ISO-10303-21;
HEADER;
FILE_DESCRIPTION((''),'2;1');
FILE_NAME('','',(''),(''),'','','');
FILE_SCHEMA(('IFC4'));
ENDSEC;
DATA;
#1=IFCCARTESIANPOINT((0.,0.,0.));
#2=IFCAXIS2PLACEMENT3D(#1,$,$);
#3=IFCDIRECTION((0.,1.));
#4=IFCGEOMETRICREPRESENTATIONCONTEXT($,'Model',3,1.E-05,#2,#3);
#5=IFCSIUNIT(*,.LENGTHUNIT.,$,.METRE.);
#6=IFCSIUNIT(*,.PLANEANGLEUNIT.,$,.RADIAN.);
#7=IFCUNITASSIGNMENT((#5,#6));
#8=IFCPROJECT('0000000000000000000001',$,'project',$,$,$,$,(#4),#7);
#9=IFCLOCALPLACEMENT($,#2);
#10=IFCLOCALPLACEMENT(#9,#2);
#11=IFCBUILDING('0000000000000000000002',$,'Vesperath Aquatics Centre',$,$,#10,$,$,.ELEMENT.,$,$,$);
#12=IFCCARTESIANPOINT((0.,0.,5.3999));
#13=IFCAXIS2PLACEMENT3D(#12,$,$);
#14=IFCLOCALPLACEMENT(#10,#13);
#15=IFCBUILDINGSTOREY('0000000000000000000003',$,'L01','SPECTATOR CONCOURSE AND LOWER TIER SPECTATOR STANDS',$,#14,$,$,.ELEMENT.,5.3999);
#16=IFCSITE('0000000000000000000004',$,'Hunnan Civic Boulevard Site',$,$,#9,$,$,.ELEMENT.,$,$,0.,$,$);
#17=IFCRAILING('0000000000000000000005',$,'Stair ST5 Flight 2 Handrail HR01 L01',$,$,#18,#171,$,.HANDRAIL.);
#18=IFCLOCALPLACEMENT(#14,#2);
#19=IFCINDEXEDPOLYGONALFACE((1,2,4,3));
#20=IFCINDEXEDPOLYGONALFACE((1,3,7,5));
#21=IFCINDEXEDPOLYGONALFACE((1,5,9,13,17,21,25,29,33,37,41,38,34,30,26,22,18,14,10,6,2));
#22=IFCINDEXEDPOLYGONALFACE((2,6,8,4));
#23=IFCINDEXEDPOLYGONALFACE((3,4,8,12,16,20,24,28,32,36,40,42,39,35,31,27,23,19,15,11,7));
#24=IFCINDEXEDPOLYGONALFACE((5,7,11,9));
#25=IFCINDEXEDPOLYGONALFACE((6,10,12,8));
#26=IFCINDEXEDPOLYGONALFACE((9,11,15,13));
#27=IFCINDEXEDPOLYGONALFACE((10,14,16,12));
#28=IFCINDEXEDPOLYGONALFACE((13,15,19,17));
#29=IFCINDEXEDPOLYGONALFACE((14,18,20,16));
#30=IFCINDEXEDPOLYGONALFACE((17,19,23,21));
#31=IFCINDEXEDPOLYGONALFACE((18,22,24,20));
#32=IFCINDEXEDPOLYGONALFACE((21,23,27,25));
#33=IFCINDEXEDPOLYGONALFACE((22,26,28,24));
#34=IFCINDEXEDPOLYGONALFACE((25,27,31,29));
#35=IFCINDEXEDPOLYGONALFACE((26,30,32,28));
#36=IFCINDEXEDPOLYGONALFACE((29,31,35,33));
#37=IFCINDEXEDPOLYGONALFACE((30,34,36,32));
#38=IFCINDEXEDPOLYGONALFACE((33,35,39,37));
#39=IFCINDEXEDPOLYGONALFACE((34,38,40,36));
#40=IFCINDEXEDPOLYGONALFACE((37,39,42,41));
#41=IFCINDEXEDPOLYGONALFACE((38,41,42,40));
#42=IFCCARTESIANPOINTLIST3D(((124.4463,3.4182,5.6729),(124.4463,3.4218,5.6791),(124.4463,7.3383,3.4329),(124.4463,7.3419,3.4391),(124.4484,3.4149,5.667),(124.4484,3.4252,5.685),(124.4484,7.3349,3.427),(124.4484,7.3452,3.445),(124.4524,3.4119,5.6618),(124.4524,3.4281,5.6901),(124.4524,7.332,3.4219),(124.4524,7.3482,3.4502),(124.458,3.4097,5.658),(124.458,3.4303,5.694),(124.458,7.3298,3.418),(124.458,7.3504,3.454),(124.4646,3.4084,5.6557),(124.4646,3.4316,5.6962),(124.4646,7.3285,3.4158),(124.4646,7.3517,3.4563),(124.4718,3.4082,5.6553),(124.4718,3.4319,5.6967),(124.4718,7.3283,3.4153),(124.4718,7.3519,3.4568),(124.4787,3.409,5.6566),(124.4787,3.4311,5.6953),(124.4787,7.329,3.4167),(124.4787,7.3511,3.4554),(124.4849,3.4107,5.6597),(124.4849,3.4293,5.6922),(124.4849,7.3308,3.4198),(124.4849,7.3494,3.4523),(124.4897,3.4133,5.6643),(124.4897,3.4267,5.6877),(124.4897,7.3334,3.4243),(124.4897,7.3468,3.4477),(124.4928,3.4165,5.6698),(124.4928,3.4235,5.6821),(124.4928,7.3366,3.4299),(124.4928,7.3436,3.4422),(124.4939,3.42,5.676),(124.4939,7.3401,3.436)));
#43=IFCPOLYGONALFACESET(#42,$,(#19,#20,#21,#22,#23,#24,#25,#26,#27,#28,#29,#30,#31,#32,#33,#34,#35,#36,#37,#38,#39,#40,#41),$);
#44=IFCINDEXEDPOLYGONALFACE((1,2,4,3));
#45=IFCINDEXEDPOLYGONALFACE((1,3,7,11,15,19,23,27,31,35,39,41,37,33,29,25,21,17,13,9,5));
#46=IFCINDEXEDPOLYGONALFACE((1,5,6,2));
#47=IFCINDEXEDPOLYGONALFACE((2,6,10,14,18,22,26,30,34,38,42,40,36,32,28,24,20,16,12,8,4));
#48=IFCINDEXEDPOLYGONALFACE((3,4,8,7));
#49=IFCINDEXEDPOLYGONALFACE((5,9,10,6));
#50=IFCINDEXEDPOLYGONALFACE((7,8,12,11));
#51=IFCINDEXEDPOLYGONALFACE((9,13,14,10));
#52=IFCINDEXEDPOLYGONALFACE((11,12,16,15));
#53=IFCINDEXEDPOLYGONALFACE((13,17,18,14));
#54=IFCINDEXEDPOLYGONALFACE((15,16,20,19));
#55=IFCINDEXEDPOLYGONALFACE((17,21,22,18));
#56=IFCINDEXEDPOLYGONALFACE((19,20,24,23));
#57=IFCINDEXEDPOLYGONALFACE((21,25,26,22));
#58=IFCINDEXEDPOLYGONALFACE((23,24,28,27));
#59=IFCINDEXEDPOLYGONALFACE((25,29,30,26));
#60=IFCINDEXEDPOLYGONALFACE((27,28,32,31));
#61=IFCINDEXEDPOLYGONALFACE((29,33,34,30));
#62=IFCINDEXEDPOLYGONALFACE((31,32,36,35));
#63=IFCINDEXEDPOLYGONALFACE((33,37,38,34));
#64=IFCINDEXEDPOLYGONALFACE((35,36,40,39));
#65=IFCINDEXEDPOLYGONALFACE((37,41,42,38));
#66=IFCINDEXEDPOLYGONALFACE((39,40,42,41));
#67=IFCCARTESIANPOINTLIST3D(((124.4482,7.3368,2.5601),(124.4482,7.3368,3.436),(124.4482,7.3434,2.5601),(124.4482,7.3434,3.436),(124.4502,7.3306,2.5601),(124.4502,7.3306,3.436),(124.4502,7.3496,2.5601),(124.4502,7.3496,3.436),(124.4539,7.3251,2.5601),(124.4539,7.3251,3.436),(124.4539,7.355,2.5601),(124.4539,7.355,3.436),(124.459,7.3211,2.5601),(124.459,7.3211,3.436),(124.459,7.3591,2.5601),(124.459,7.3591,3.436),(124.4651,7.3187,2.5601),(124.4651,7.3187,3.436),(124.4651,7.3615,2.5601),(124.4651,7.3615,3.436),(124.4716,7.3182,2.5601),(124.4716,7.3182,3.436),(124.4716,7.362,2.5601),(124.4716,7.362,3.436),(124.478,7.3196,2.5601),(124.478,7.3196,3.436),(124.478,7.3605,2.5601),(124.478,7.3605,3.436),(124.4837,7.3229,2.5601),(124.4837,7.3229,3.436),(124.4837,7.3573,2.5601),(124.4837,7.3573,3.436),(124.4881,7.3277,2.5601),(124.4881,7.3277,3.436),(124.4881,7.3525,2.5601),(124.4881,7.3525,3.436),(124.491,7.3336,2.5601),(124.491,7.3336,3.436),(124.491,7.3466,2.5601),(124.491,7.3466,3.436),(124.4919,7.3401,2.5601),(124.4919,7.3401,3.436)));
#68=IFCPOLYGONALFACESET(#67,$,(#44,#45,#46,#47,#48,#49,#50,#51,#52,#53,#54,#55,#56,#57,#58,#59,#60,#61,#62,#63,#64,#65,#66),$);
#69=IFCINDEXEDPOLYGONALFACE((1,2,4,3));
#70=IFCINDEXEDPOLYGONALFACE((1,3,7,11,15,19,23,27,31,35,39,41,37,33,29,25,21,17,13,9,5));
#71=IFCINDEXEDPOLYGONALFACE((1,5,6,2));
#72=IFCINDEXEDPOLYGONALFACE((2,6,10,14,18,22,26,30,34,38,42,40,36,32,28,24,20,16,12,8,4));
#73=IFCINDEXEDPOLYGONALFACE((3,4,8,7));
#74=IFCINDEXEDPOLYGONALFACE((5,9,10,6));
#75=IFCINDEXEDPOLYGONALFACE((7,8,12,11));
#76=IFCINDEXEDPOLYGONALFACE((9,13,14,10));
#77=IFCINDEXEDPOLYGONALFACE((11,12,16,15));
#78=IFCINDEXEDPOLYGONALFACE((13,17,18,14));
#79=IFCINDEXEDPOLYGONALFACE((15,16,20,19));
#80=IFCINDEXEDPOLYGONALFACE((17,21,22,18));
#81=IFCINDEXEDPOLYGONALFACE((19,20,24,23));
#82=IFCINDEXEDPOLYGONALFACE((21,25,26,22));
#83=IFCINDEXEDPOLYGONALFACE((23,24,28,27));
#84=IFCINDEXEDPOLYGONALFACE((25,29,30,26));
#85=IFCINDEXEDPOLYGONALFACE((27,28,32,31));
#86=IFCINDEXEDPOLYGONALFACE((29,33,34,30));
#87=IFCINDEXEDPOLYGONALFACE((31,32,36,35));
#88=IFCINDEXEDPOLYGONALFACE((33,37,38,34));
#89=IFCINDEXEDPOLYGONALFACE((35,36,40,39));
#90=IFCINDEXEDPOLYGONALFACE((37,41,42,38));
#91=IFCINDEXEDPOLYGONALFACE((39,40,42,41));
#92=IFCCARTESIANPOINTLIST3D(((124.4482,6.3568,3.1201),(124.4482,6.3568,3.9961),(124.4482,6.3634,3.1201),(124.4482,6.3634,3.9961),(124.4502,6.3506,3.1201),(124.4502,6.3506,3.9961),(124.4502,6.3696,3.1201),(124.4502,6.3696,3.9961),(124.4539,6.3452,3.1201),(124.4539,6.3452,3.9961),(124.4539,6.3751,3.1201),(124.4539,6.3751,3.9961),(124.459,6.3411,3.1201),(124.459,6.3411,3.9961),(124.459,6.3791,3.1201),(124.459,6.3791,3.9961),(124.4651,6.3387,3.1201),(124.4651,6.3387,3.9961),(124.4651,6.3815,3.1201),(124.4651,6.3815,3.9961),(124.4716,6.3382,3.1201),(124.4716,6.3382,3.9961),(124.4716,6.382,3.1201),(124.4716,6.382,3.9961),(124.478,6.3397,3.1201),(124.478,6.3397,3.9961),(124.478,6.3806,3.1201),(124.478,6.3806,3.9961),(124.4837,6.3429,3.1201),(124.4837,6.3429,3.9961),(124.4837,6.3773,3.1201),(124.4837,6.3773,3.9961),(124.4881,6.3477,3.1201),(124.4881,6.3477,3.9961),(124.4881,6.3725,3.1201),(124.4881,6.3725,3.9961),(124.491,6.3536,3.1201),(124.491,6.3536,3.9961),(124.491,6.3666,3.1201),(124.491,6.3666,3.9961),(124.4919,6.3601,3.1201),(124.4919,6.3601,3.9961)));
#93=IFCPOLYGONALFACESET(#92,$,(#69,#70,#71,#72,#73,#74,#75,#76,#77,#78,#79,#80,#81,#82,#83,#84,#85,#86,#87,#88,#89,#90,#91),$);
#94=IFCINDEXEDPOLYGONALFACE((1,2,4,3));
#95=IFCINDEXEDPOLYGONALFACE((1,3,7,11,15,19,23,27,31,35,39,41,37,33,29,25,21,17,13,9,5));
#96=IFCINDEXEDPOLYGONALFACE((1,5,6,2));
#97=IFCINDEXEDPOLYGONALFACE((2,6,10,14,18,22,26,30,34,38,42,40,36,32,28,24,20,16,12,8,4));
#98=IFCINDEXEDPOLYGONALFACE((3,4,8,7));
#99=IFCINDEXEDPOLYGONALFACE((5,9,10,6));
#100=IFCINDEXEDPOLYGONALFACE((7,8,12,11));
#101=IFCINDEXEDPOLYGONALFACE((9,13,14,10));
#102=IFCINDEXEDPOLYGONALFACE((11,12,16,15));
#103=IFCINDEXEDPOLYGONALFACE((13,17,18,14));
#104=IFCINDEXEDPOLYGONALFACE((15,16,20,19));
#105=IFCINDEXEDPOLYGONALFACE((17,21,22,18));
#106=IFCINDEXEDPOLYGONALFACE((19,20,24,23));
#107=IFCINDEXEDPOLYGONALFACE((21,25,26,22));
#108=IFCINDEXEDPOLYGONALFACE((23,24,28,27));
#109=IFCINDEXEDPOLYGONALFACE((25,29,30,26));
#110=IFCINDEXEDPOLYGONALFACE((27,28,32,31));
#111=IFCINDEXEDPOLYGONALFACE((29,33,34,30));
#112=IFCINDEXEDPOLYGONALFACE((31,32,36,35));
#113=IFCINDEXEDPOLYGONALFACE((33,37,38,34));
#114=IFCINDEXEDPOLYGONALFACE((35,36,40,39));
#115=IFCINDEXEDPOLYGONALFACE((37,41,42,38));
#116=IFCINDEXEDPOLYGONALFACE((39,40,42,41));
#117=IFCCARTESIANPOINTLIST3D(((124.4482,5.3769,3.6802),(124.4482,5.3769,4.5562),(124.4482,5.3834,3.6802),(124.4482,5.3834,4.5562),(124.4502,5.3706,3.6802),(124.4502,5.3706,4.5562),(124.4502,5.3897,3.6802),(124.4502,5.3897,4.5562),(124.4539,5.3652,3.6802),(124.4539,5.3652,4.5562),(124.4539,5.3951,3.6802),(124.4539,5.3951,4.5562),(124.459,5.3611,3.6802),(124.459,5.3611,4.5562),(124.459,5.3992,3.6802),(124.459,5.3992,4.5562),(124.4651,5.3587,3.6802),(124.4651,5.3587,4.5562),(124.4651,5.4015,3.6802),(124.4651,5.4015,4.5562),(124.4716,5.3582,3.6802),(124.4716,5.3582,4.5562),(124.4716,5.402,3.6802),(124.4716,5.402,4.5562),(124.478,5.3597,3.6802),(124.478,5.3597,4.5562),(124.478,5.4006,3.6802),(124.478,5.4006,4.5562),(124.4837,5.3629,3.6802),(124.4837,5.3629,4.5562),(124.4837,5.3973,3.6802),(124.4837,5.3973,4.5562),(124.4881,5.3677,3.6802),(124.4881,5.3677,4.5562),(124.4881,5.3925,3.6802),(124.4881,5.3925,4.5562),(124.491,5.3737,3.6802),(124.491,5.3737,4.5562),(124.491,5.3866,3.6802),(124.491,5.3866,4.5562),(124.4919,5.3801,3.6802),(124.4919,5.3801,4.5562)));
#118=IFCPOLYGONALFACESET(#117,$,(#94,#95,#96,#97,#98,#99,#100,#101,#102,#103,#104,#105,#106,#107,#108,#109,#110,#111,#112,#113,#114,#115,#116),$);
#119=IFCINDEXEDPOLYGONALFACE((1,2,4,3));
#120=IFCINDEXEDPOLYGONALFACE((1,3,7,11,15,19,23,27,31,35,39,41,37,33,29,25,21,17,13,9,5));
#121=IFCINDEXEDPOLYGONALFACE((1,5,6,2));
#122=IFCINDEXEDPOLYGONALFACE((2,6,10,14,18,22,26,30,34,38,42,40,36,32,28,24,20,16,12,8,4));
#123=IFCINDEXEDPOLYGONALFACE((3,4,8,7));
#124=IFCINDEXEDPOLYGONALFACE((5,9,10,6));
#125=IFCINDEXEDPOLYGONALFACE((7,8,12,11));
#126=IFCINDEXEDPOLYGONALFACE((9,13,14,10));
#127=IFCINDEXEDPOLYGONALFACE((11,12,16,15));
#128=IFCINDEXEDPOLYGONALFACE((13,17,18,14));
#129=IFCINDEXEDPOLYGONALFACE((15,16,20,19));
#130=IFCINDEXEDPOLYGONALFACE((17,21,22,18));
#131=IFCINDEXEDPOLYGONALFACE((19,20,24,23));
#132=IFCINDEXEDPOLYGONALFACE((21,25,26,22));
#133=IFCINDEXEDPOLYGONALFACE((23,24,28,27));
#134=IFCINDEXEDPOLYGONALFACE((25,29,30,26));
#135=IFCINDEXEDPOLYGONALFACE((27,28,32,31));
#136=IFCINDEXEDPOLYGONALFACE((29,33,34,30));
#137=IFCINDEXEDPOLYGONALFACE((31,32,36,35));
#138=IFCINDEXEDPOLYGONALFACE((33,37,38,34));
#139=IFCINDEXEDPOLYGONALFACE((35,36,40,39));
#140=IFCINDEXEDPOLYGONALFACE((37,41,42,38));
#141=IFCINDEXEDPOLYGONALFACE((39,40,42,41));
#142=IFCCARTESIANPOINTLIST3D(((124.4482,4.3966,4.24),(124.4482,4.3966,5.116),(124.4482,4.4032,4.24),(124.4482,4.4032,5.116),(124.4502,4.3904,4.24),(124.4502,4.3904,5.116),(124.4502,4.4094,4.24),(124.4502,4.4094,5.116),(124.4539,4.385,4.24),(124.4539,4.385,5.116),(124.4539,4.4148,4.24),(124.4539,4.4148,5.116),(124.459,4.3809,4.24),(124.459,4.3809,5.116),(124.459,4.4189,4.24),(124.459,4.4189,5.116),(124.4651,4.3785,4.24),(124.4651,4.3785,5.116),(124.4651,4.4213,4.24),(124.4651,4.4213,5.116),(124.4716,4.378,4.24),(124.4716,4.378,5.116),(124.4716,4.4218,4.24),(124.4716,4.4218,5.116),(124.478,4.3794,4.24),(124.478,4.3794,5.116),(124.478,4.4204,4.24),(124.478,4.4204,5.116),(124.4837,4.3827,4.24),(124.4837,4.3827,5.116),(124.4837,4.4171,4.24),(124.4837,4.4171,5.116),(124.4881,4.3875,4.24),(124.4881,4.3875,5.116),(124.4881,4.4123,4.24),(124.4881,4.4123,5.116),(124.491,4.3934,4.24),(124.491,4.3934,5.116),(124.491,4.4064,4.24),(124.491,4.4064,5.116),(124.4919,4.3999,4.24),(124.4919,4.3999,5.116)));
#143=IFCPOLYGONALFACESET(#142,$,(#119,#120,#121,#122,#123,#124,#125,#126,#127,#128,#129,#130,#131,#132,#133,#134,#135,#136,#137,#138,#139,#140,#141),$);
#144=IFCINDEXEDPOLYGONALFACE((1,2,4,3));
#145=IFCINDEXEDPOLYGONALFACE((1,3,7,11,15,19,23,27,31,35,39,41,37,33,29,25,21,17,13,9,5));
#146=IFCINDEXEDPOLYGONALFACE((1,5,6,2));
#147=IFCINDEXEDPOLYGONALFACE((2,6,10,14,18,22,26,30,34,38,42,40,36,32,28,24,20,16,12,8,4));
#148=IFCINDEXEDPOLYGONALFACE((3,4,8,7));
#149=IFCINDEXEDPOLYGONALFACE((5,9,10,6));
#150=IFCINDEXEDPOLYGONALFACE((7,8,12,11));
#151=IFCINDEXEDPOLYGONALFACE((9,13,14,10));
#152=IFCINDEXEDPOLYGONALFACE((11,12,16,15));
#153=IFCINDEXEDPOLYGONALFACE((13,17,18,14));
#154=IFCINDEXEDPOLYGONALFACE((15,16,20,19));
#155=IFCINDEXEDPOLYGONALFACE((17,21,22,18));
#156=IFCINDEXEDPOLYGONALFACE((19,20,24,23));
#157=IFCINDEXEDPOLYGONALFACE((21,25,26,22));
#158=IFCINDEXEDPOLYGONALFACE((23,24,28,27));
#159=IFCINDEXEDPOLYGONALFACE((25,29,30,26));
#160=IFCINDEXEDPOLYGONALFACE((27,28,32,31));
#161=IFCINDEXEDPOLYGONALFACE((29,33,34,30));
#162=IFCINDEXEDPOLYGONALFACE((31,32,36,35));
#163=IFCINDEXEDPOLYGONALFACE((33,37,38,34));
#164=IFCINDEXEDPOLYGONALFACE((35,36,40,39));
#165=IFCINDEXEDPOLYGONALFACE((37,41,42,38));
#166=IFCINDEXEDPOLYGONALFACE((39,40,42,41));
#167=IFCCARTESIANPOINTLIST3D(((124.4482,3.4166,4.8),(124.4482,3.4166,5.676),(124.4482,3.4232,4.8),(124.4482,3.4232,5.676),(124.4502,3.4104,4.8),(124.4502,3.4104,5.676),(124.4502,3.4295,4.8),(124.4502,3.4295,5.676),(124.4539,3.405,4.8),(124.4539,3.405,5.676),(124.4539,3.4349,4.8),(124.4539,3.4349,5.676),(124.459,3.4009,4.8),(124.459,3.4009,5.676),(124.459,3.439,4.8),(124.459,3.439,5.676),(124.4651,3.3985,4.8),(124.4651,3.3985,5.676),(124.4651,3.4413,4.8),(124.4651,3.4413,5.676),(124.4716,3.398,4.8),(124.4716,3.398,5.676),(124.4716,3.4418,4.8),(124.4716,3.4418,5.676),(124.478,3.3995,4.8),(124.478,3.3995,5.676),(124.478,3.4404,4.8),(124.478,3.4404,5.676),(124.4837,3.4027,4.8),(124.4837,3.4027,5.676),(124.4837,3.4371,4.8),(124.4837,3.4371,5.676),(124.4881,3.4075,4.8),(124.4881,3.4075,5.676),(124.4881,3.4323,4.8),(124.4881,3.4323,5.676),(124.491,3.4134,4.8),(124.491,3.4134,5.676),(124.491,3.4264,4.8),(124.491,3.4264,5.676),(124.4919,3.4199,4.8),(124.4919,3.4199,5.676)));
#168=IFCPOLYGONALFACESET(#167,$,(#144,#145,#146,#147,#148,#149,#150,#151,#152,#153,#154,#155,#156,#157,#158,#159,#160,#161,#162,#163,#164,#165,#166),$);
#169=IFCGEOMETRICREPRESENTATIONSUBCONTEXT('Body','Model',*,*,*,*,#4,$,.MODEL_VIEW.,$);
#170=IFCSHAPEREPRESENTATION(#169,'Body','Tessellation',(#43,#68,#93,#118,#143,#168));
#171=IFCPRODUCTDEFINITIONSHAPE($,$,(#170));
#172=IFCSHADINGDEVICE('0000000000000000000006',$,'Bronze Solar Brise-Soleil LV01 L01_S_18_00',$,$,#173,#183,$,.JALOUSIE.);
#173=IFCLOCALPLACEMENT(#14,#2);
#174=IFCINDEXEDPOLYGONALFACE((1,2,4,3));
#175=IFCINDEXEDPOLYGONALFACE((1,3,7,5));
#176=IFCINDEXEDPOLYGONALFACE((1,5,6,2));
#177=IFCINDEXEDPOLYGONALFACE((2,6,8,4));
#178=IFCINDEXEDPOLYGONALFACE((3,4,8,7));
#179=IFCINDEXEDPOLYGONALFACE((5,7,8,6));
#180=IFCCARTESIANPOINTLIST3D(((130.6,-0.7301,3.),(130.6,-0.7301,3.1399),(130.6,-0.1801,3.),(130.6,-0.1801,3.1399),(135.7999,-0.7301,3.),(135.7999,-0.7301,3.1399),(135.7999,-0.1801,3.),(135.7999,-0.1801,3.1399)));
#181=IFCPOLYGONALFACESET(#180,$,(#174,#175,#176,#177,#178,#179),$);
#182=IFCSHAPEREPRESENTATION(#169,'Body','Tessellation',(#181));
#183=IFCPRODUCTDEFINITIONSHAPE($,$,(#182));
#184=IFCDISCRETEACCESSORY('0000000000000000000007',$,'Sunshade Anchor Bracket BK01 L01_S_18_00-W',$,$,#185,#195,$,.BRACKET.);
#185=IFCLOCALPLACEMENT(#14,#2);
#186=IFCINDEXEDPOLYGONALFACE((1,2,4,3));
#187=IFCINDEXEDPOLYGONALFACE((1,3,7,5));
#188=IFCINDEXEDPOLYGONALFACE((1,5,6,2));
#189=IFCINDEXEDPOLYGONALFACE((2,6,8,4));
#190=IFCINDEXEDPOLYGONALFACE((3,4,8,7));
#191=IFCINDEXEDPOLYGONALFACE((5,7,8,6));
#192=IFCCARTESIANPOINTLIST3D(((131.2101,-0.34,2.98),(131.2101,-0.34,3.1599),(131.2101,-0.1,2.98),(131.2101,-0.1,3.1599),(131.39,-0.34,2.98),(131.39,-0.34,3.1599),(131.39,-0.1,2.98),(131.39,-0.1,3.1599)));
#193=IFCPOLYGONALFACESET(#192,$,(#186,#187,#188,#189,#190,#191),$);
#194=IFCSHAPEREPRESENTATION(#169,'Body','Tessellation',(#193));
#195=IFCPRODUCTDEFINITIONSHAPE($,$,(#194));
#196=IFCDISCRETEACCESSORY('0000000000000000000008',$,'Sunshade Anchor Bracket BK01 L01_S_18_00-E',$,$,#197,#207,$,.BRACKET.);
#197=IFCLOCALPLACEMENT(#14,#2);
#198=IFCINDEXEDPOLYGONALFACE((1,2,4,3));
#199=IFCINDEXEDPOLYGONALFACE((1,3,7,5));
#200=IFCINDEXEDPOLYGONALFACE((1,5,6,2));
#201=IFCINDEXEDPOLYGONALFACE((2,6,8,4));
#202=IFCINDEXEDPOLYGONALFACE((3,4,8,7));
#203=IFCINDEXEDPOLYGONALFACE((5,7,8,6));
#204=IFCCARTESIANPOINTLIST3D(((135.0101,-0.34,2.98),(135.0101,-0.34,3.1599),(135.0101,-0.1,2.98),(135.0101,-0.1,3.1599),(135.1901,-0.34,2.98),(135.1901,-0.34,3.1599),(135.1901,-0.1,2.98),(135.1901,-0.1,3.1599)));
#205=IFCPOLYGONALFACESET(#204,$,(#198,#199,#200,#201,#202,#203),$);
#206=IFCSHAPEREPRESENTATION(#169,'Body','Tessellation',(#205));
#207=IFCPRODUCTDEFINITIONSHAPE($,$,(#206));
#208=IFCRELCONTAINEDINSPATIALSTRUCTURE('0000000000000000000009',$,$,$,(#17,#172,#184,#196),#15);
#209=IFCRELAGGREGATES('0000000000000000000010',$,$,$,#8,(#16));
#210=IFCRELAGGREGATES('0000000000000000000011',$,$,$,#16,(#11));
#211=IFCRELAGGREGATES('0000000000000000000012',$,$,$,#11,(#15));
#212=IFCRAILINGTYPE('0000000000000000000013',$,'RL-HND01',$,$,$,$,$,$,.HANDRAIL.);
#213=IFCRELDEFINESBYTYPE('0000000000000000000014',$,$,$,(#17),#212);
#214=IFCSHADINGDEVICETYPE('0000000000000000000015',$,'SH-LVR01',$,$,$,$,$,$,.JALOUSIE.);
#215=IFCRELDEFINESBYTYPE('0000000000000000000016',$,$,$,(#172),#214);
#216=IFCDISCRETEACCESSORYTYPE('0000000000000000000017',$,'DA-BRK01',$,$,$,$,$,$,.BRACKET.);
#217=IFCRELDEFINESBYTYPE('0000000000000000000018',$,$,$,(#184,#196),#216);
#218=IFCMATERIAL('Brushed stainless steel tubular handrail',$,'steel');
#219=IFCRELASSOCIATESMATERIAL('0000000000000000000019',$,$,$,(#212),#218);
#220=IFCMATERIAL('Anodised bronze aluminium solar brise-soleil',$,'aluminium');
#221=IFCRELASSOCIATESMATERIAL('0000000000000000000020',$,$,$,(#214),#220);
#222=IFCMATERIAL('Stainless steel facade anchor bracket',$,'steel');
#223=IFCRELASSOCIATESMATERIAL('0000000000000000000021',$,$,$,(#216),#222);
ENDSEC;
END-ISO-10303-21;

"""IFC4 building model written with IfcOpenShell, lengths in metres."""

from ifc_helpers import new_model, si_unit, direction, frame, origin, origin_2d, place, context, subcontext, project, spatial, rectangle, circle, extrude, material, type_object, element, save


model = new_model("IFC4")

# Units and contexts
model_context = context("Model", 3, precision=1e-05, world=origin(), true_north=direction((0.0, 1.0)))
body_context = subcontext(model_context, "Body", "Model", "MODEL_VIEW")
ifc_project = project(units=[si_unit("LENGTHUNIT", "METRE"), si_unit("PLANEANGLEUNIT", "RADIAN")], contexts=[model_context])

# Site, building, storey
site_placement = place(None, origin())
site = spatial("IfcSite", under=ifc_project, at=site_placement, Name="Hunnan Civic Boulevard Site", CompositionType="ELEMENT", RefElevation=0.0)
building_placement = place(site_placement, origin())
building = spatial("IfcBuilding", under=site, at=building_placement, Name="Vesperath Aquatics Centre", CompositionType="ELEMENT")
storey_placement = place(building_placement, frame((0.0, 0.0, 5.3999)))
storey = spatial("IfcBuildingStorey", under=building, at=storey_placement, Name="L01", Description="SPECTATOR CONCOURSE AND LOWER TIER SPECTATOR STANDS", CompositionType="ELEMENT", Elevation=5.3999)

# Railing
ifc_material_1 = material(Name="Brushed stainless steel tubular handrail", Category="steel")
railing_type_1 = type_object("IfcRailingType", Name="RL-HND01", PredefinedType="HANDRAIL", material=ifc_material_1)
railing_1_placement = place(storey_placement, frame((124.47, 7.3401, 2.5601)))
element("IfcRailing", 1, at=railing_1_placement, inside=storey, type_object=railing_type_1, Name="Stair ST5 Flight 2 Handrail HR01 L01", PredefinedType="HANDRAIL", context=body_context, shape_type="SweptSolid", body=[
    extrude(circle(Radius=0.0239, at=origin_2d()), frame((0.0, 0.0, 0.876), z_axis=(0.0, -0.868253, 0.496121), x_axis=(1.0, 0.0, 0.0)), (0.0, 0.0, 1.0), 4.5149),
    extrude(circle(Radius=0.022, at=origin_2d()), origin(), (0.0, 0.0, 1.0), 0.876),
    extrude(circle(Radius=0.022, at=origin_2d()), frame((0.0, -0.98, 0.5601)), (0.0, 0.0, 1.0), 0.876),
    extrude(circle(Radius=0.022, at=origin_2d()), frame((0.0, -1.96, 1.1201)), (0.0, 0.0, 1.0), 0.876),
    extrude(circle(Radius=0.022, at=origin_2d()), frame((0.0, -2.9402, 1.6799)), (0.0, 0.0, 1.0), 0.876),
    extrude(circle(Radius=0.022, at=origin_2d()), frame((0.0, -3.9202, 2.24)), (0.0, 0.0, 1.0), 0.876),
])

# Shading device
ifc_material_2 = material(Name="Anodised bronze aluminium solar brise-soleil", Category="aluminium")
shading_device_type = type_object("IfcShadingDeviceType", Name="SH-LVR01", PredefinedType="JALOUSIE", material=ifc_material_2)
shading_device_placement = place(storey_placement, frame((133.2, -0.4551, 3.0), z_axis=(0.0, 0.0, 1.0), x_axis=(1.0, 0.0, 0.0)))
element("IfcShadingDevice", 2, at=shading_device_placement, inside=storey, type_object=shading_device_type, Name="Bronze Solar Brise-Soleil LV01 L01_S_18_00", PredefinedType="JALOUSIE", context=body_context, shape_type="SweptSolid", body=[
    extrude(rectangle(XDim=5.2, YDim=0.55, at=origin_2d()), origin(), (0.0, 0.0, 1.0), 0.1399),
])

# Discrete accessories
ifc_material_3 = material(Name="Stainless steel facade anchor bracket", Category="steel")
discrete_accessory_type = type_object("IfcDiscreteAccessoryType", Name="DA-BRK01", PredefinedType="BRACKET", material=ifc_material_3)
for number, where, z_axis, x_axis, name in (
    (3, (131.3, -0.22, 2.98), (0.0, 0.0, 1.0), (1.0, 0.0, 0.0), "Sunshade Anchor Bracket BK01 L01_S_18_00-W"),
    (4, (135.1001, -0.22, 2.98), (0.0, 0.0, 1.0), (1.0, 0.0, 0.0), "Sunshade Anchor Bracket BK01 L01_S_18_00-E"),
):
    element("IfcDiscreteAccessory", number, at=place(storey_placement, frame(where, z_axis=z_axis, x_axis=x_axis)), inside=storey, type_object=discrete_accessory_type, Name=name, PredefinedType="BRACKET", context=body_context, shape_type="SweptSolid", body=[
        extrude(rectangle(XDim=0.1799, YDim=0.24, at=origin_2d()), origin(), (0.0, 0.0, 1.0), 0.1799),
    ])

save(model, "model.ifc")
